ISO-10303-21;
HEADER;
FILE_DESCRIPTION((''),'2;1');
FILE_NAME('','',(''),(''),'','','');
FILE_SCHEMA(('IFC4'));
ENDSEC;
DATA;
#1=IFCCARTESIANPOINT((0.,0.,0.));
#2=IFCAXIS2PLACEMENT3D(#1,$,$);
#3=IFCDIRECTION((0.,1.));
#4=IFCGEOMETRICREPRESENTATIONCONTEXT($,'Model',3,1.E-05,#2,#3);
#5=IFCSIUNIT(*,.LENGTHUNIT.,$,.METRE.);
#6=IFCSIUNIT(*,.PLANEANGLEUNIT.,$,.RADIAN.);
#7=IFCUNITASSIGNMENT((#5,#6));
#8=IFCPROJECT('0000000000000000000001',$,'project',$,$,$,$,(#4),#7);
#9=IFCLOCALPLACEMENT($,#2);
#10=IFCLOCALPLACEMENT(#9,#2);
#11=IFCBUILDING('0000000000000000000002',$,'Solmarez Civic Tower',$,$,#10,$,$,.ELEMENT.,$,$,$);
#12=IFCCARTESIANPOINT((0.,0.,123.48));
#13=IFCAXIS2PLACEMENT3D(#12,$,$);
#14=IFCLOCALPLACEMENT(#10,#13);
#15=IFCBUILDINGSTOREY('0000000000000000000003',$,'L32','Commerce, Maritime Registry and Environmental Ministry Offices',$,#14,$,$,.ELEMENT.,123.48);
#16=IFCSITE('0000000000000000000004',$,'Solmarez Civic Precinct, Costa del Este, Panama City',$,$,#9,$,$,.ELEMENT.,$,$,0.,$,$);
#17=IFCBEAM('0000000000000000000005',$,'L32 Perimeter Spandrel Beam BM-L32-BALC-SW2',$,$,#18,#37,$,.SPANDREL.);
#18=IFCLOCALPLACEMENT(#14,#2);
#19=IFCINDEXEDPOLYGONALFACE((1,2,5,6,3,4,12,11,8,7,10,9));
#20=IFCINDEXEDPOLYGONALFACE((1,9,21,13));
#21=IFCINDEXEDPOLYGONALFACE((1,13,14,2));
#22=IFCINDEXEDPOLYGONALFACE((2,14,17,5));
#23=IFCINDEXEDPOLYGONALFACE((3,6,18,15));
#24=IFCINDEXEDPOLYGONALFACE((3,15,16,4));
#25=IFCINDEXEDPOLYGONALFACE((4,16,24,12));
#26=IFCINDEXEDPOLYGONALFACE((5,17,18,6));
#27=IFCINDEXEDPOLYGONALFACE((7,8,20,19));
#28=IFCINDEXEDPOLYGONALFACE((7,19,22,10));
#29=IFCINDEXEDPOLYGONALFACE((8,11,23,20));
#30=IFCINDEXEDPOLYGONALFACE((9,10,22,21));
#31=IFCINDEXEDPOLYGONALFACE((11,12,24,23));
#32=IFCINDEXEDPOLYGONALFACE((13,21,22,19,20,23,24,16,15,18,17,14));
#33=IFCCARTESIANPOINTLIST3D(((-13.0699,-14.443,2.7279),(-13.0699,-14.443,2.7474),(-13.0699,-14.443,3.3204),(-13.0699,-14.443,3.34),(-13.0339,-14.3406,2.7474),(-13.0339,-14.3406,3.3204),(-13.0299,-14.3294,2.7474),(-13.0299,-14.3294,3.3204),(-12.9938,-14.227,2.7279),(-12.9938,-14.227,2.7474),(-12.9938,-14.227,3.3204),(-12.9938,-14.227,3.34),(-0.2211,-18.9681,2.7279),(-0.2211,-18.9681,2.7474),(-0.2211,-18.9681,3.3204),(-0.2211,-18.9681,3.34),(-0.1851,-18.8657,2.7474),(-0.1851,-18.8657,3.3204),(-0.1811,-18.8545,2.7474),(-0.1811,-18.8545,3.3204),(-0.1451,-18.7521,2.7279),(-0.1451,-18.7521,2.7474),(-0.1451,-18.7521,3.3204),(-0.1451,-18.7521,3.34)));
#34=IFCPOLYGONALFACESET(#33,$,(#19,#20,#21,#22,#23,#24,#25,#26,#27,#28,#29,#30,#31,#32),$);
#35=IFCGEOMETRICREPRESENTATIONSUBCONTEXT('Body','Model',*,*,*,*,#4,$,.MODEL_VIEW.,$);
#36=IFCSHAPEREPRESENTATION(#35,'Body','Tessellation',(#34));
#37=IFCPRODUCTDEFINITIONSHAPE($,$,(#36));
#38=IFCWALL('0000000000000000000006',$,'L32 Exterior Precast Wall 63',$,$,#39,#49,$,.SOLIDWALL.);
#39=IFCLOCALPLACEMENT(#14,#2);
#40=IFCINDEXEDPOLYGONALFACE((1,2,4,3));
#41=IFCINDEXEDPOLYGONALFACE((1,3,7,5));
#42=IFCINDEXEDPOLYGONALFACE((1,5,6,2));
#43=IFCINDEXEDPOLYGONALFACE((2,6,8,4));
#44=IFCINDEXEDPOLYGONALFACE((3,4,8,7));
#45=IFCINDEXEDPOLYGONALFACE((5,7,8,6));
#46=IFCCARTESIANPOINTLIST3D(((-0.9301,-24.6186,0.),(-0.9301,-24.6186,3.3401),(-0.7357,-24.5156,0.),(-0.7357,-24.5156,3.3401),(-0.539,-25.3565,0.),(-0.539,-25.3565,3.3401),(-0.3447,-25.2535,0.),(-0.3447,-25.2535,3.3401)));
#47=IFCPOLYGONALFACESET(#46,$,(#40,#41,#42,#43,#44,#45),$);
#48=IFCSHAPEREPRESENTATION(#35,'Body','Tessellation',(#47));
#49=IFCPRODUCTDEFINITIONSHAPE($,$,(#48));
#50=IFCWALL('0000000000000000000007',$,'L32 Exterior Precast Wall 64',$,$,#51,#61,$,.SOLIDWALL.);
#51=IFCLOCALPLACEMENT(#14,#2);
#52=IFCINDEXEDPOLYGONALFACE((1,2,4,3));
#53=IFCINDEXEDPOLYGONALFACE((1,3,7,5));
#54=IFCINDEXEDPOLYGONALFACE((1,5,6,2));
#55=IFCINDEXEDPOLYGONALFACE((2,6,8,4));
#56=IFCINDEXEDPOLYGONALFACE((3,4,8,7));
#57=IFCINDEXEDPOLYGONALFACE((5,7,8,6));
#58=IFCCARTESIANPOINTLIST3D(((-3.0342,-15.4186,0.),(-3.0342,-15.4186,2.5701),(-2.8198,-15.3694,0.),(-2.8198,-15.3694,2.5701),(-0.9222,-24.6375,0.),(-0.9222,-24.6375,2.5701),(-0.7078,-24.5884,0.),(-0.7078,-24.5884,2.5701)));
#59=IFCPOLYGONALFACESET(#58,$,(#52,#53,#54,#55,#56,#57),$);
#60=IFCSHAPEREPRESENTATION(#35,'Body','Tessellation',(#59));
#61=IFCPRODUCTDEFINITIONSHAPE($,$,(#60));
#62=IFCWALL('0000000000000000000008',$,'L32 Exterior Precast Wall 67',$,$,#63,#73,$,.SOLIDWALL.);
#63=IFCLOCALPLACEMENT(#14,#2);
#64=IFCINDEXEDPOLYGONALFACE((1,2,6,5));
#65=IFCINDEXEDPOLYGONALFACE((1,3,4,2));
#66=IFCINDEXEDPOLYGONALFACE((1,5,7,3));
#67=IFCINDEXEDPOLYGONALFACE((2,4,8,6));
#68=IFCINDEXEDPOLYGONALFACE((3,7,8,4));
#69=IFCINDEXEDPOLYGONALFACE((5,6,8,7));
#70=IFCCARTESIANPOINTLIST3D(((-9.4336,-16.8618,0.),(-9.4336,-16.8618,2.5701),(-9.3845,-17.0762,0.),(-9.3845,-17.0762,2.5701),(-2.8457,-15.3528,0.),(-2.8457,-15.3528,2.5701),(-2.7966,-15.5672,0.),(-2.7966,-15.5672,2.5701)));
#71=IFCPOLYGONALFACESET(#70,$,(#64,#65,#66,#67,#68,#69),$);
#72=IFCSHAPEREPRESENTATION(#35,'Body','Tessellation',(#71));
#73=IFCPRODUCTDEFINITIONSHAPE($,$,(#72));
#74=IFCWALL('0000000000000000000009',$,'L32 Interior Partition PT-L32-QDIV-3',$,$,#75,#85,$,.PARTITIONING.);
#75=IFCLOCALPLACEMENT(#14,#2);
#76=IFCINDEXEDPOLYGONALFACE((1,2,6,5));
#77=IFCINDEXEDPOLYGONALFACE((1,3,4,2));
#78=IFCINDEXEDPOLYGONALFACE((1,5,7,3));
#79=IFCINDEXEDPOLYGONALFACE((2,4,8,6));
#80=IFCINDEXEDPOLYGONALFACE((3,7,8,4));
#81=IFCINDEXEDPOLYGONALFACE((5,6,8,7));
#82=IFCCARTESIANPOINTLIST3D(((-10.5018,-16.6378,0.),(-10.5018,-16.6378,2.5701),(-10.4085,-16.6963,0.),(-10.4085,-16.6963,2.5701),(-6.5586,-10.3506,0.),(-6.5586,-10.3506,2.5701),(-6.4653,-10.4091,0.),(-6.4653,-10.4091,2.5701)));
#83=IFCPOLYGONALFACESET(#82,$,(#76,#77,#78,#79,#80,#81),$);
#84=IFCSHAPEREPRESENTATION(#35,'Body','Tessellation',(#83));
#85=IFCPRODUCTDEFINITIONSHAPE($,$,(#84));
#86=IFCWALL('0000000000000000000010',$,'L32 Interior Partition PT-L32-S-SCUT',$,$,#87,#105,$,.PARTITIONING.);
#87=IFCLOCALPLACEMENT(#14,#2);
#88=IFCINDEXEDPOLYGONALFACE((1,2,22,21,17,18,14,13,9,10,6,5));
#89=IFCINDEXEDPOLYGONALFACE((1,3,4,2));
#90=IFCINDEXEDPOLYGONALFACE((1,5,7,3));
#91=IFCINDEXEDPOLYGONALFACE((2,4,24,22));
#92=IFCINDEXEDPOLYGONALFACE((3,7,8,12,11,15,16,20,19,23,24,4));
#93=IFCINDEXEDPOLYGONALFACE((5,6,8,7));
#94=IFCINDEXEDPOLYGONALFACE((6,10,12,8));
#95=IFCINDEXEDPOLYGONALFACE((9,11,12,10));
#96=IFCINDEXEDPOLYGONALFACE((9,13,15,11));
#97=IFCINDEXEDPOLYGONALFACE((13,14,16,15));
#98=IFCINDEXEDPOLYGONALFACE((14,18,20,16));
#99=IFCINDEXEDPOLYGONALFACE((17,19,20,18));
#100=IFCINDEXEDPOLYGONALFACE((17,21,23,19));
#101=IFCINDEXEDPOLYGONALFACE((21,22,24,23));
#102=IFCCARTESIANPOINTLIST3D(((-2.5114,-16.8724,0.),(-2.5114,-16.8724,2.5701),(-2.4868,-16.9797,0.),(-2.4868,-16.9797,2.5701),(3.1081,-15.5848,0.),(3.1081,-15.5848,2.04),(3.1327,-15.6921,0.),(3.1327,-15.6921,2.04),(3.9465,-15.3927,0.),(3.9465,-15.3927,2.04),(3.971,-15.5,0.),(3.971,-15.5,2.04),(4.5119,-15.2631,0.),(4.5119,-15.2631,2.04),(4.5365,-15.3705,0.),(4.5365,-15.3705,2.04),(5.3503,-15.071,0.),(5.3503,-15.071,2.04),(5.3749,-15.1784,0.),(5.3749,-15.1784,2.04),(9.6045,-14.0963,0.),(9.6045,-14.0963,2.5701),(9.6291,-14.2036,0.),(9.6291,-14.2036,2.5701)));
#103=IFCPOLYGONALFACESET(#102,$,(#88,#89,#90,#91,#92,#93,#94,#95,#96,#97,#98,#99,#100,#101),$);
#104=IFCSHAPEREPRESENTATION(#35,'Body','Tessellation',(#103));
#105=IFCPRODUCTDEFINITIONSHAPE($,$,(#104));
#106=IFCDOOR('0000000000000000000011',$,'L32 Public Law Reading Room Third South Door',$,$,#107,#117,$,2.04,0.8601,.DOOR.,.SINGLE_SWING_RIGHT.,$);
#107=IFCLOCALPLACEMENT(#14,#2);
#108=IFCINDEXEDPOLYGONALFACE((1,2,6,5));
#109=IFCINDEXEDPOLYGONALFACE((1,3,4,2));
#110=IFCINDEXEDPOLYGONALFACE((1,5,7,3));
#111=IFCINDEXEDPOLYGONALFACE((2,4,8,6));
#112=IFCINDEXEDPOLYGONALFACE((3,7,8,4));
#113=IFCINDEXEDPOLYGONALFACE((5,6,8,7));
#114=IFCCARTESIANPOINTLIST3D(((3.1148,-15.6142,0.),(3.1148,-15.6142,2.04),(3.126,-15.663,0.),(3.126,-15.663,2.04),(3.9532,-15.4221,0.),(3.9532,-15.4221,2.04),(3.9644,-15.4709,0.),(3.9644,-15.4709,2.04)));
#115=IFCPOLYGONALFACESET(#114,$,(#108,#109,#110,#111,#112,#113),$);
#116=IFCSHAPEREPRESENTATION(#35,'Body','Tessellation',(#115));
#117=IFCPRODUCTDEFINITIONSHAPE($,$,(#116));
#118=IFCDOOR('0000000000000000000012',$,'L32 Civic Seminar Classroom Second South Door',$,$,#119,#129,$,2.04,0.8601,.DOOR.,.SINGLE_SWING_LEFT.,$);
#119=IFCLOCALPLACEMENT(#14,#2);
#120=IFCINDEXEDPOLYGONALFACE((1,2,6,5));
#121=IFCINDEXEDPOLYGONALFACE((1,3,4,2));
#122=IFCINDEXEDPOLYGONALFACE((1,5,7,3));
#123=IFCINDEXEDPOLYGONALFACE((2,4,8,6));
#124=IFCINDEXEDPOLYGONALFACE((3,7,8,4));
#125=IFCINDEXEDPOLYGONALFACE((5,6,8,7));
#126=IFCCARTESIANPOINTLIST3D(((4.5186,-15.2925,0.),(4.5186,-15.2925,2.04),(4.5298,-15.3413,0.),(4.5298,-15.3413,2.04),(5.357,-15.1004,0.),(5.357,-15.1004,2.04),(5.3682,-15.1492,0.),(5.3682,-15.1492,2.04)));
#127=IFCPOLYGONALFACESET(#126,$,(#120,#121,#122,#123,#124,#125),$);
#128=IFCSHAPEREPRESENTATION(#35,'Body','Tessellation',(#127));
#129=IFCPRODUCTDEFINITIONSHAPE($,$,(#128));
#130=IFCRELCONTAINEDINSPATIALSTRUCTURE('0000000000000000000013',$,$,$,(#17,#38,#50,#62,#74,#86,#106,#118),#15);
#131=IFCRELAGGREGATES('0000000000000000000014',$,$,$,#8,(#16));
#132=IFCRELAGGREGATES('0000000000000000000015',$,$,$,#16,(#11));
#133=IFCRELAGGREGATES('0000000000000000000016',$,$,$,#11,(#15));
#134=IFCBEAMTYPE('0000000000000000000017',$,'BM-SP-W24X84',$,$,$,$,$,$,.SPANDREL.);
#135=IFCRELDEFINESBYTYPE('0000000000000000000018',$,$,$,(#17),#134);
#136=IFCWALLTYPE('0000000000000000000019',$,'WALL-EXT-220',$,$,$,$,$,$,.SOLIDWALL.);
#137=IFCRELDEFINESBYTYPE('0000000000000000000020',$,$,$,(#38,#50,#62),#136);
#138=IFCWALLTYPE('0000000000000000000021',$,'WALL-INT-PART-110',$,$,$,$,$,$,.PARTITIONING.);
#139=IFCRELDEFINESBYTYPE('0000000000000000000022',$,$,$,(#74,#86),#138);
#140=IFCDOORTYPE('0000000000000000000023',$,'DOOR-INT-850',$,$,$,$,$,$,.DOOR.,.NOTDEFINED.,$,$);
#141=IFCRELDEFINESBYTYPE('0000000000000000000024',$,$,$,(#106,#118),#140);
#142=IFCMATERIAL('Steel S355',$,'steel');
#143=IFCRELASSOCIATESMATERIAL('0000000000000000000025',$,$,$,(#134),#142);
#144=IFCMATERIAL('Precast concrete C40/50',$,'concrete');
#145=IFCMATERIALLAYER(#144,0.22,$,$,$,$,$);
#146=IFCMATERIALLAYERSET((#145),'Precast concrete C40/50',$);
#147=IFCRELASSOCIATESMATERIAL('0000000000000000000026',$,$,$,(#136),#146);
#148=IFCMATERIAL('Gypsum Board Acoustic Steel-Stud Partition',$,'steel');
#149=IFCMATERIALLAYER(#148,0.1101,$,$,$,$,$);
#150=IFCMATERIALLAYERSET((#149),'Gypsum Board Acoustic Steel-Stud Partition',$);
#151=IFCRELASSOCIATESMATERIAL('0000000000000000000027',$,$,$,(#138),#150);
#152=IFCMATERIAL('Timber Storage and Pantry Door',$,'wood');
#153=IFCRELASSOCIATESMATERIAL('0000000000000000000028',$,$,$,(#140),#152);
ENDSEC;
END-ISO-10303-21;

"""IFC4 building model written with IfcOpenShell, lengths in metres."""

from ifc_helpers import new_model, si_unit, direction, frame, frame_2d, origin, origin_2d, place, context, subcontext, project, spatial, rectangle, i_section, extrude, material, layer, layer_set, material_profile, profile_set, type_object, element, fill, save


model = new_model("IFC4")

# Units and contexts
model_context = context("Model", 3, precision=1e-05, world=origin(), true_north=direction((0.0, 1.0)))
body_context = subcontext(model_context, "Body", "Model", "MODEL_VIEW")
ifc_project = project(units=[si_unit("LENGTHUNIT", "METRE"), si_unit("PLANEANGLEUNIT", "RADIAN")], contexts=[model_context])

# Site, building, storey
site_placement = place(None, origin())
site = spatial("IfcSite", under=ifc_project, at=site_placement, Name="Solmarez Civic Precinct, Costa del Este, Panama City", CompositionType="ELEMENT", RefElevation=0.0)
building_placement = place(site_placement, origin())
building = spatial("IfcBuilding", under=site, at=building_placement, Name="Solmarez Civic Tower", CompositionType="ELEMENT")
storey_placement = place(building_placement, frame((0.0, 0.0, 123.48)))
storey = spatial("IfcBuildingStorey", under=building, at=storey_placement, Name="L32", Description="Commerce, Maritime Registry and Environmental Ministry Offices", CompositionType="ELEMENT", Elevation=123.48)

# Beam
ifc_material_1 = material(Name="Steel S355", Category="steel")
ifc_material_profile_1 = material_profile(ifc_material_1, i_section(OverallWidth=0.229, OverallDepth=0.6121, WebThickness=0.012, FlangeThickness=0.0195, at=origin_2d()), Name="W24X84")
ifc_profile_set_1 = profile_set([ifc_material_profile_1], Name="Steel S355")
beam_type_1 = type_object("IfcBeamType", Name="BM-SP-W24X84", PredefinedType="SPANDREL", material=ifc_profile_set_1)
beam_1_placement = place(storey_placement, frame((-0.1831, -18.8601, 3.0339), z_axis=(-0.943215, 0.332184, 0.0), x_axis=(-0.332184, -0.943215, 0.0)))
element("IfcBeam", 1, at=beam_1_placement, inside=storey, type_object=beam_type_1, Name="L32 Perimeter Spandrel Beam BM-L32-BALC-SW2", PredefinedType="SPANDREL", context=body_context, shape_type="SweptSolid", body=[
    extrude(i_section(OverallWidth=0.229, OverallDepth=0.6121, WebThickness=0.012, FlangeThickness=0.0195, at=origin_2d()), origin(), (0.0, 0.0, 1.0), 13.6223),
])

# Walls
ifc_material_2 = material(Name="Precast concrete C40/50", Category="concrete")
ifc_layer_1 = layer(ifc_material_2, 0.22)
ifc_layer_set_1 = layer_set([ifc_layer_1], Name="Precast concrete C40/50")
wall_type_1 = type_object("IfcWallType", Name="WALL-EXT-220", PredefinedType="SOLIDWALL", material=ifc_layer_set_1)
wall_1_placement = place(storey_placement, frame((-0.4419, -25.3049, 0.0), z_axis=(0.0, 0.0, 1.0), x_axis=(-0.46825, 0.883596, 0.0)))
element("IfcWall", 2, at=wall_1_placement, inside=storey, type_object=wall_type_1, Name="L32 Exterior Precast Wall 63", PredefinedType="SOLIDWALL", context=body_context, shape_type="SweptSolid", body=[
    extrude(rectangle(XDim=0.8352, YDim=0.22, at=frame_2d((0.4175, 0.0))), origin(), (0.0, 0.0, 1.0), 3.3401),
])
wall_2_placement = place(storey_placement, frame((-0.8149, -24.613, 0.0), z_axis=(0.0, 0.0, 1.0), x_axis=(-0.223313, 0.974747, 0.0)))
element("IfcWall", 3, at=wall_2_placement, inside=storey, type_object=wall_type_1, Name="L32 Exterior Precast Wall 64", PredefinedType="SOLIDWALL", context=body_context, shape_type="SweptSolid", body=[
    extrude(rectangle(XDim=9.4578, YDim=0.22, at=frame_2d((4.729, 0.0))), origin(), (0.0, 0.0, 1.0), 2.5701),
])
wall_3_placement = place(storey_placement, frame((-2.821, -15.46, 0.0), z_axis=(0.0, 0.0, 1.0), x_axis=(-0.974755, -0.223279, 0.0)))
element("IfcWall", 4, at=wall_3_placement, inside=storey, type_object=wall_type_1, Name="L32 Exterior Precast Wall 67", PredefinedType="SOLIDWALL", context=body_context, shape_type="SweptSolid", body=[
    extrude(rectangle(XDim=6.7585, YDim=0.22, at=frame_2d((3.3794, 0.0))), origin(), (0.0, 0.0, 1.0), 2.5701),
])
ifc_material_3 = material(Name="Gypsum Board Acoustic Steel-Stud Partition", Category="steel")
ifc_layer_2 = layer(ifc_material_3, 0.1101)
ifc_layer_set_2 = layer_set([ifc_layer_2], Name="Gypsum Board Acoustic Steel-Stud Partition")
wall_type_2 = type_object("IfcWallType", Name="WALL-INT-PART-110", PredefinedType="PARTITIONING", material=ifc_layer_set_2)
wall_4_placement = place(storey_placement, frame((-6.512, -10.3799, 0.0), z_axis=(0.0, 0.0, 1.0), x_axis=(-0.531323, -0.847169, 0.0)))
element("IfcWall", 5, at=wall_4_placement, inside=storey, type_object=wall_type_2, Name="L32 Interior Partition PT-L32-QDIV-3", PredefinedType="PARTITIONING", context=body_context, shape_type="SweptSolid", body=[
    extrude(rectangle(XDim=7.4214, YDim=0.1101, at=frame_2d((3.7107, 0.0))), origin(), (0.0, 0.0, 1.0), 2.5701),
])

# Wall, openings, doors
wall_5_placement = place(storey_placement, frame((-2.499, -16.926, 0.0), z_axis=(0.0, 0.0, 1.0), x_axis=(0.97474, 0.223342, 0.0)))
wall_5 = element("IfcWall", 6, at=wall_5_placement, inside=storey, type_object=wall_type_2, Name="L32 Interior Partition PT-L32-S-SCUT", PredefinedType="PARTITIONING", context=body_context, shape_type="SweptSolid", body=[
    extrude(rectangle(XDim=12.4299, YDim=0.1101, at=frame_2d((6.2148, 0.0))), origin(), (0.0, 0.0, 1.0), 2.5701),
])
opening_1_placement = place(wall_5_placement, frame((5.7649, 0.0, 0.0)))
opening_1 = element("IfcOpeningElement", 7, at=opening_1_placement, cuts=wall_5, PredefinedType="OPENING", context=body_context, shape_type="SweptSolid", body=[
    extrude(rectangle(XDim=0.8601, YDim=2.04, at=frame_2d((0.4302, 1.02))), frame((0.0, 0.0649, 0.0), z_axis=(0.0, -1.0, 0.0), x_axis=(1.0, 0.0, 0.0)), (0.0, 0.0, 1.0), 0.1301),
])
opening_2_placement = place(wall_5_placement, frame((7.2051, 0.0, 0.0)))
opening_2 = element("IfcOpeningElement", 8, at=opening_2_placement, cuts=wall_5, PredefinedType="OPENING", context=body_context, shape_type="SweptSolid", body=[
    extrude(rectangle(XDim=0.8601, YDim=2.04, at=frame_2d((0.4302, 1.02))), frame((0.0, 0.0649, 0.0), z_axis=(0.0, -1.0, 0.0), x_axis=(1.0, 0.0, 0.0)), (0.0, 0.0, 1.0), 0.1301),
])
ifc_material_4 = material(Name="Timber Storage and Pantry Door", Category="wood")
door_type = type_object("IfcDoorType", Name="DOOR-INT-850", OperationType="NOTDEFINED", PredefinedType="DOOR", material=ifc_material_4)
door_1_placement = place(opening_1_placement, origin())
door_1 = element("IfcDoor", 9, at=door_1_placement, inside=storey, type_object=door_type, Name="L32 Public Law Reading Room Third South Door", OperationType="SINGLE_SWING_RIGHT", OverallHeight=2.04, OverallWidth=0.8601, PredefinedType="DOOR", context=body_context, shape_type="SweptSolid", body=[
    extrude(rectangle(XDim=0.8601, YDim=2.04, at=frame_2d((0.4302, 1.02))), frame((0.0, 0.0249, 0.0), z_axis=(0.0, -1.0, 0.0), x_axis=(1.0, 0.0, 0.0)), (0.0, 0.0, 1.0), 0.05),
])
fill(opening_1, door_1)
door_2_placement = place(opening_2_placement, origin())
door_2 = element("IfcDoor", 10, at=door_2_placement, inside=storey, type_object=door_type, Name="L32 Civic Seminar Classroom Second South Door", OperationType="SINGLE_SWING_LEFT", OverallHeight=2.04, OverallWidth=0.8601, PredefinedType="DOOR", context=body_context, shape_type="SweptSolid", body=[
    extrude(rectangle(XDim=0.8601, YDim=2.04, at=frame_2d((0.4302, 1.02))), frame((0.0, 0.0249, 0.0), z_axis=(0.0, -1.0, 0.0), x_axis=(1.0, 0.0, 0.0)), (0.0, 0.0, 1.0), 0.05),
])
fill(opening_2, door_2)

save(model, "model.ifc")
